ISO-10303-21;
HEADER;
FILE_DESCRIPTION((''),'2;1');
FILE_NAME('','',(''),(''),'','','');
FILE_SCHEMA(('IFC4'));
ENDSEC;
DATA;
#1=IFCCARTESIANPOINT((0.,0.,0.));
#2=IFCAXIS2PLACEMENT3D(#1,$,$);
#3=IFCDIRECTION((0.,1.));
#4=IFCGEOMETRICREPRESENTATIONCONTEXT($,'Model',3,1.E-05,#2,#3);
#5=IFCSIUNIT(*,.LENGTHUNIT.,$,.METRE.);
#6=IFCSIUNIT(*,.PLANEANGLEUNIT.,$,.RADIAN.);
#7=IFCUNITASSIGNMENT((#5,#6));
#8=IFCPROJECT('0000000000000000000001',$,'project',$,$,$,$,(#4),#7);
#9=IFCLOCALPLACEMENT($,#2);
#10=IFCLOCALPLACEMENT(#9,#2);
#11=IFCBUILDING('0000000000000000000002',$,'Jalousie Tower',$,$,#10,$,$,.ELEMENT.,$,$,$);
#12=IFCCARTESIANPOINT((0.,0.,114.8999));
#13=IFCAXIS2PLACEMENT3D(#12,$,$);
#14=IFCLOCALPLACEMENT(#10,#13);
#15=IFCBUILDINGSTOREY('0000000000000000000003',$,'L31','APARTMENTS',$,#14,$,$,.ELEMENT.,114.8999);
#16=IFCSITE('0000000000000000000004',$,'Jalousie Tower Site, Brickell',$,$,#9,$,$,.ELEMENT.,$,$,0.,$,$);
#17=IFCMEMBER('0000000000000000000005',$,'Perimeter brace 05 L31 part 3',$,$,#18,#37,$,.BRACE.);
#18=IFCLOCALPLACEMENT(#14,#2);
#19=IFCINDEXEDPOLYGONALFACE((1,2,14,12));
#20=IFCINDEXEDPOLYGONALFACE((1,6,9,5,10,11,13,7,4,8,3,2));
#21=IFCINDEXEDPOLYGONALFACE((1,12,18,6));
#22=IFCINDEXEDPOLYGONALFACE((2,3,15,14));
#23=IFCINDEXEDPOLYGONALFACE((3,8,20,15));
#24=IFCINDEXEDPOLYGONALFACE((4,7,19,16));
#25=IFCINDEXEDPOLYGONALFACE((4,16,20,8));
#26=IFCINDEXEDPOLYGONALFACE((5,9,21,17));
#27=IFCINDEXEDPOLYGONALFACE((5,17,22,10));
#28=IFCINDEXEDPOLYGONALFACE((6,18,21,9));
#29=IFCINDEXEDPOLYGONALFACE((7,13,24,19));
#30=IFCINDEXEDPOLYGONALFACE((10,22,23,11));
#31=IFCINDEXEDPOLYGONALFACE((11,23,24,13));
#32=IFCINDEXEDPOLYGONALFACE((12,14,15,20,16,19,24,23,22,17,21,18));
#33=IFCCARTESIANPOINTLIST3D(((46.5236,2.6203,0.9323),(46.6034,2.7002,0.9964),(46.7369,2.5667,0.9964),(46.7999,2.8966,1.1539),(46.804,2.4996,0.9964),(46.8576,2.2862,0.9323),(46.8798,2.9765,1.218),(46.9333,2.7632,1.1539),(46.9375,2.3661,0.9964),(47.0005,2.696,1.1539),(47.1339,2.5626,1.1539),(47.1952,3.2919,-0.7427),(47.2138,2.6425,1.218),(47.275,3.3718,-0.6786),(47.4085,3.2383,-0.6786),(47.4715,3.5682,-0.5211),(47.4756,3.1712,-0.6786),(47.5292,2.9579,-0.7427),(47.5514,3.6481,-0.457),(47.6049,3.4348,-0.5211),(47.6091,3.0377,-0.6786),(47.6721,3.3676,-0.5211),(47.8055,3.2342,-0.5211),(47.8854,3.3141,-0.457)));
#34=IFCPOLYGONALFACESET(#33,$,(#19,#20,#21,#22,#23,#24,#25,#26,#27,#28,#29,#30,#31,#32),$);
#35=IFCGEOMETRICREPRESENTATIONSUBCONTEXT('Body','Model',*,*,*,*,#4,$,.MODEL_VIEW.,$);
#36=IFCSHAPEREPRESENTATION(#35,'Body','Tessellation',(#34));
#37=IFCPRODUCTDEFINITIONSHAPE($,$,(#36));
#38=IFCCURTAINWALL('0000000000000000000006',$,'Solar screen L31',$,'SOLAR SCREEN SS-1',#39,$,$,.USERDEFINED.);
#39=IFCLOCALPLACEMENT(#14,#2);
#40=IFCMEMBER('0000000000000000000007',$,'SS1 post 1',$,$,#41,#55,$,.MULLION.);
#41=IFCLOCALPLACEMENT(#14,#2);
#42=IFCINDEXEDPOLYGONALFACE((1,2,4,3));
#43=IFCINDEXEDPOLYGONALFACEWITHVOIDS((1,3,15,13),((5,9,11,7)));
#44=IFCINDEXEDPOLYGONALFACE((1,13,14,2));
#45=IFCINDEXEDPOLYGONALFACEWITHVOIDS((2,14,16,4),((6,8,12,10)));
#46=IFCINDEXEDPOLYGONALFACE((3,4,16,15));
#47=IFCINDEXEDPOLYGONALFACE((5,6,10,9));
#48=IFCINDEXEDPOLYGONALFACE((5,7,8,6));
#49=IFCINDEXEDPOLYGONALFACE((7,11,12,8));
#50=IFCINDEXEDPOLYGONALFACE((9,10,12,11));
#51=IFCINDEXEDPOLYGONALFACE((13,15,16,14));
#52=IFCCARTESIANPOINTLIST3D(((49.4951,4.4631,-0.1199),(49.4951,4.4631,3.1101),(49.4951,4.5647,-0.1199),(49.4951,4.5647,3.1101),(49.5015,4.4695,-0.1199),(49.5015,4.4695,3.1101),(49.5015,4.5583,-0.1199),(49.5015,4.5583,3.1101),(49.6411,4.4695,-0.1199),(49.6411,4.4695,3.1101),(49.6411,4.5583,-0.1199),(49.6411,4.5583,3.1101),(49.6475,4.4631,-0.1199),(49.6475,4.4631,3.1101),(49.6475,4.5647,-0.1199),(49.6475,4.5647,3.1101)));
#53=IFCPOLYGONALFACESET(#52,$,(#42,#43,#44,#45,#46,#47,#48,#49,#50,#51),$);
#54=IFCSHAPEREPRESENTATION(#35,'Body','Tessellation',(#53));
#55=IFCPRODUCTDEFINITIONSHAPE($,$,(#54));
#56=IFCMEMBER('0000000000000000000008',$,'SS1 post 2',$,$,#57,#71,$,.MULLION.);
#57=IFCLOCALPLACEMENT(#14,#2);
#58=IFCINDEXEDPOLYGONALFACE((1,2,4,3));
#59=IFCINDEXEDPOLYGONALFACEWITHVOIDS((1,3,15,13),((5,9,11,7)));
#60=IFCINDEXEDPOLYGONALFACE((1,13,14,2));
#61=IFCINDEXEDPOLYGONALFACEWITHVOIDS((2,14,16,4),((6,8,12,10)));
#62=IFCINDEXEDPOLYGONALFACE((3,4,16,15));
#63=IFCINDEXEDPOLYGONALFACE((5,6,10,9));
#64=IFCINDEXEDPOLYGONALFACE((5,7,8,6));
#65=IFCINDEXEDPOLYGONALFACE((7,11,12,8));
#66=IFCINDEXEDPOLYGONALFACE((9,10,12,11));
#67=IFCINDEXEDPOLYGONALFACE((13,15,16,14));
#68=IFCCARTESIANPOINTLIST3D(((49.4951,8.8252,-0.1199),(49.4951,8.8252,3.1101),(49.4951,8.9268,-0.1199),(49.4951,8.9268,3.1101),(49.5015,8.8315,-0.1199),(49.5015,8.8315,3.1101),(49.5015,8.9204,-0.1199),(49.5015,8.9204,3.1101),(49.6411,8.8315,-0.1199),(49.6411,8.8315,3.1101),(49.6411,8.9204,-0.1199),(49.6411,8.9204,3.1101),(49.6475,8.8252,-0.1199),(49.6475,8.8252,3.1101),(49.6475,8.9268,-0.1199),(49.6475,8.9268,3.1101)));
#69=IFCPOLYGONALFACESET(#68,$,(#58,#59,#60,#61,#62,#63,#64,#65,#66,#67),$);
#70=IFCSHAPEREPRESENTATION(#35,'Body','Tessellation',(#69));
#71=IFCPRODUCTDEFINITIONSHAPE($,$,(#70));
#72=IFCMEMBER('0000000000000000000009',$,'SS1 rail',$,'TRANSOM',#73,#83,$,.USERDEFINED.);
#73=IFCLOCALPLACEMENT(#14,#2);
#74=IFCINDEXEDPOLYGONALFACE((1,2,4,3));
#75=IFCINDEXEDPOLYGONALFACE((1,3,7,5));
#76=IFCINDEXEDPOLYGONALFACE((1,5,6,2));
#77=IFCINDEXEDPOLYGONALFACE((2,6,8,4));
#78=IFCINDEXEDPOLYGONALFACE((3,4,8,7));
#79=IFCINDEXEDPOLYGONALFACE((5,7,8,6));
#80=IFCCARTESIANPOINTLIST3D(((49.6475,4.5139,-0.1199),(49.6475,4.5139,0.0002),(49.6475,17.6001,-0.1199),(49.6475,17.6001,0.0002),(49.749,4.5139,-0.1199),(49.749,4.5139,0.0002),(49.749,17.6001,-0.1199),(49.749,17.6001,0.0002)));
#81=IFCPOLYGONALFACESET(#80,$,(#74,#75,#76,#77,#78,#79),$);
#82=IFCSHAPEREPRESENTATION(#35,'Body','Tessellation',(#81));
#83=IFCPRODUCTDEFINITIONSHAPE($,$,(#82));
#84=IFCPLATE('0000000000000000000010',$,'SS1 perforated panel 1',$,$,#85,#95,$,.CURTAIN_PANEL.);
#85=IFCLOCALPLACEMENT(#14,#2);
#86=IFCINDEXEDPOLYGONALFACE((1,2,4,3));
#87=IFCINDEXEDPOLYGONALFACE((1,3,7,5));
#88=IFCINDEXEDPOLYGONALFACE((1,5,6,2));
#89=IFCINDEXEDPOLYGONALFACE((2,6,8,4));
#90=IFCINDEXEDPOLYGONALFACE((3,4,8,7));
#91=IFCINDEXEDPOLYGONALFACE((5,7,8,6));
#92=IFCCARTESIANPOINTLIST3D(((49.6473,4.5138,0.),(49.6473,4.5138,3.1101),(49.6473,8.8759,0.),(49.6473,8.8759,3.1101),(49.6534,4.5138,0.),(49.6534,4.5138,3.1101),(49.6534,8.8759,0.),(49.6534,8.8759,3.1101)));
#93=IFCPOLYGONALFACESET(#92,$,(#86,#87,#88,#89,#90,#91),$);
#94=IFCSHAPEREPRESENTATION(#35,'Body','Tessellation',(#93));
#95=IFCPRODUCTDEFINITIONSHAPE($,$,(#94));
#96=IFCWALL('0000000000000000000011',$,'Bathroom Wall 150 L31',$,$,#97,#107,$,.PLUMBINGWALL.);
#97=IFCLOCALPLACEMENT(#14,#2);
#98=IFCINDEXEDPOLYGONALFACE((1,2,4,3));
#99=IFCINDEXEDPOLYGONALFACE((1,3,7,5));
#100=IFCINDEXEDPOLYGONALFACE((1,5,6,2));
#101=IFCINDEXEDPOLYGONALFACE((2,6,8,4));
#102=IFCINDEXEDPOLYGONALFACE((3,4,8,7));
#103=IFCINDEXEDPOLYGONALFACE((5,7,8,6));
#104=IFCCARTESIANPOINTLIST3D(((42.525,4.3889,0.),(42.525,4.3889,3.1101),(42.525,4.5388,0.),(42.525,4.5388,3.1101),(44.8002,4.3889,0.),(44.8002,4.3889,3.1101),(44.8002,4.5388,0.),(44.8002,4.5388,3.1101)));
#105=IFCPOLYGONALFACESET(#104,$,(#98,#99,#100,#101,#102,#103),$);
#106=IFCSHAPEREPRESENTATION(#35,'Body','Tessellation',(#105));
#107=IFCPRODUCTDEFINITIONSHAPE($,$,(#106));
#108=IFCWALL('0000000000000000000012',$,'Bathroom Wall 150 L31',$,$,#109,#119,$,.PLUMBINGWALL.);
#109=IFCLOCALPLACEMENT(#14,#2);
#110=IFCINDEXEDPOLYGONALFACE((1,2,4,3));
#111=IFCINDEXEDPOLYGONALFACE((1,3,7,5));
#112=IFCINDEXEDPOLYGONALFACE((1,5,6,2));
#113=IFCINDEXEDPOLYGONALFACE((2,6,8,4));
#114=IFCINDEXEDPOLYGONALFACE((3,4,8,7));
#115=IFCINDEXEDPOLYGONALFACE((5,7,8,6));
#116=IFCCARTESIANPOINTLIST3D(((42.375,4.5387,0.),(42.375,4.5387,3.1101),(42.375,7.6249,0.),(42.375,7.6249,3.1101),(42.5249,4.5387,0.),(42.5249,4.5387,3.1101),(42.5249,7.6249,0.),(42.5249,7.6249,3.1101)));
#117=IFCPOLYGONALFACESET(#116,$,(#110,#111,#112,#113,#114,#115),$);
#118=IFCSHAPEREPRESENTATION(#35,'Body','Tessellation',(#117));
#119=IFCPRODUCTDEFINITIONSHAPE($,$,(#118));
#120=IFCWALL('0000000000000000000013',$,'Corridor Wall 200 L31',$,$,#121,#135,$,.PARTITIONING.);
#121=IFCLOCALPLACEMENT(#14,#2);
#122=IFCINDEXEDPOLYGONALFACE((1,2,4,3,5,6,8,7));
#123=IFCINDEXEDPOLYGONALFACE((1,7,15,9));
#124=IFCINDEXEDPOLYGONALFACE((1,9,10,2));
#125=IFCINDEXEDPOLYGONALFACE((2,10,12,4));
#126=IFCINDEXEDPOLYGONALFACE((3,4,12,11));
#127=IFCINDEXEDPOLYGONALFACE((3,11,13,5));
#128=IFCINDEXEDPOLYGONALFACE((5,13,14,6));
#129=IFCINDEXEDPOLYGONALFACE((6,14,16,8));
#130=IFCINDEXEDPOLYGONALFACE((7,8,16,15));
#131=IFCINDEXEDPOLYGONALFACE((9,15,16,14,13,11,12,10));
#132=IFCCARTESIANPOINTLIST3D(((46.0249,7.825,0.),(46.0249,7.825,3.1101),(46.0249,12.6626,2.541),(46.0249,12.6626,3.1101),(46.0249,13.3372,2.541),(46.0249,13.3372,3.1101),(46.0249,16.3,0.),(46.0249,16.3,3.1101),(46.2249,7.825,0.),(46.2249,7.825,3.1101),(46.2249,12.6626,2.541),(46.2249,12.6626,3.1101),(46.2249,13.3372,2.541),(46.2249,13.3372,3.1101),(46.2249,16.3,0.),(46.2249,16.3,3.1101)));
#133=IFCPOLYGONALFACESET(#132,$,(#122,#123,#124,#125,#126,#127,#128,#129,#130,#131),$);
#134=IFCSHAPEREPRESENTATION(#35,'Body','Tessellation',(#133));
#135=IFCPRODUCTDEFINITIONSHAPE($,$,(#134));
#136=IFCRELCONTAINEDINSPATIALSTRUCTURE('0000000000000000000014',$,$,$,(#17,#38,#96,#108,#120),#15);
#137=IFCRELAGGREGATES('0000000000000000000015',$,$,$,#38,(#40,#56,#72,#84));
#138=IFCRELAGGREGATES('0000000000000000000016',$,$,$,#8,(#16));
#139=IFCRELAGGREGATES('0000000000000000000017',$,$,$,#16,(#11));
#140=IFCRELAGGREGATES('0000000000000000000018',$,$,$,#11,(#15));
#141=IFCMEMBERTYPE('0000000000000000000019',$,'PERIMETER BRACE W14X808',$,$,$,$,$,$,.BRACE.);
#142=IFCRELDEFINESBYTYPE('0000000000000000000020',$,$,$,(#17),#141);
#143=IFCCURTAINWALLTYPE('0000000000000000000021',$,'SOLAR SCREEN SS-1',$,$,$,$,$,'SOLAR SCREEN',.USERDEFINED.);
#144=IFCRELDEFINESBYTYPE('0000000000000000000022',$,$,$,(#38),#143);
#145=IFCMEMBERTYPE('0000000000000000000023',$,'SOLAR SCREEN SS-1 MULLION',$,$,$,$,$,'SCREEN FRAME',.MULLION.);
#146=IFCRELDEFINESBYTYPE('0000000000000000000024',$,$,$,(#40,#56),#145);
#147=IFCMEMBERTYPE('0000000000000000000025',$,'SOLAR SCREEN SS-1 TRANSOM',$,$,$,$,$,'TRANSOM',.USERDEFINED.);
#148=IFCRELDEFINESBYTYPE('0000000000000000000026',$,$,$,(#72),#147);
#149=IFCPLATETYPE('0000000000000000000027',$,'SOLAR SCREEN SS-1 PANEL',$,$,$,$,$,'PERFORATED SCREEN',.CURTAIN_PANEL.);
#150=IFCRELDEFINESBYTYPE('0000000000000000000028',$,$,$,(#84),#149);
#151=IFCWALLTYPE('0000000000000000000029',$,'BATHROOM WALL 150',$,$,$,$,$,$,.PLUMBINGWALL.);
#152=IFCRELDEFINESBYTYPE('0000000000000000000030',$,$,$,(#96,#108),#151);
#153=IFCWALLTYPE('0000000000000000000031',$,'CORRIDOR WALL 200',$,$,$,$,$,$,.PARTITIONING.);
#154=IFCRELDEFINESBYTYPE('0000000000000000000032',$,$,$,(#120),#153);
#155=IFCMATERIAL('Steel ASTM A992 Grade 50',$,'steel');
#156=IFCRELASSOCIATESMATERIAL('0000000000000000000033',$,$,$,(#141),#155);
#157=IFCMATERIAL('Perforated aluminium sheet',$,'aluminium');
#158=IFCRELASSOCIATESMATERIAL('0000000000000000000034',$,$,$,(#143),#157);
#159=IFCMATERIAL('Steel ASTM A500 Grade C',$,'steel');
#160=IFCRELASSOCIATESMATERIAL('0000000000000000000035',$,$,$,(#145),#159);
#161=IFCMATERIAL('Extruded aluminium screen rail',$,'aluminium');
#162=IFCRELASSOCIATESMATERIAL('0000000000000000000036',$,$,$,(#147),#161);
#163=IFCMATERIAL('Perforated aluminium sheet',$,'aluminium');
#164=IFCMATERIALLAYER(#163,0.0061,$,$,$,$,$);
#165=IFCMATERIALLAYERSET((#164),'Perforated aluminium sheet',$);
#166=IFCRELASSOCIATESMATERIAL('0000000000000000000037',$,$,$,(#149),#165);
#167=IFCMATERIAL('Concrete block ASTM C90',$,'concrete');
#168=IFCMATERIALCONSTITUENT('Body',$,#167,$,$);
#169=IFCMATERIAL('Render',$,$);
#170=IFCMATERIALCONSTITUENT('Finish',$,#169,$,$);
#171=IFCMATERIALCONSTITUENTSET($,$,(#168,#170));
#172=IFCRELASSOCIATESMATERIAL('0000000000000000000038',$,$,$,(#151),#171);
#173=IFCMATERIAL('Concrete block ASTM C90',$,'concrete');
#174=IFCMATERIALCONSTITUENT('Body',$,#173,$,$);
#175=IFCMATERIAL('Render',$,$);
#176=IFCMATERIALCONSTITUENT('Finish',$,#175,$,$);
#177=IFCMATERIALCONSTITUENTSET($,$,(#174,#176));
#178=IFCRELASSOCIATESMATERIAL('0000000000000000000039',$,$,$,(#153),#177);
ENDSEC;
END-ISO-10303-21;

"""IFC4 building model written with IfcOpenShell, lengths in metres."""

from ifc_helpers import new_model, si_unit, direction, frame, frame_2d, origin, origin_2d, place, context, subcontext, project, spatial, polyline, rectangle, hollow_rectangle, i_section, outline, extrude, material, layer, layer_set, constituent, constituent_set, material_profile, profile_set, type_object, element, aggregate, save


model = new_model("IFC4")

# Units and contexts
model_context = context("Model", 3, precision=1e-05, world=origin(), true_north=direction((0.0, 1.0)))
body_context = subcontext(model_context, "Body", "Model", "MODEL_VIEW")
ifc_project = project(units=[si_unit("LENGTHUNIT", "METRE"), si_unit("PLANEANGLEUNIT", "RADIAN")], contexts=[model_context])

# Site, building, storey
site_placement = place(None, origin())
site = spatial("IfcSite", under=ifc_project, at=site_placement, Name="Jalousie Tower Site, Brickell", CompositionType="ELEMENT", RefElevation=0.0)
building_placement = place(site_placement, origin())
building = spatial("IfcBuilding", under=site, at=building_placement, Name="Jalousie Tower", CompositionType="ELEMENT")
storey_placement = place(building_placement, frame((0.0, 0.0, 114.8999)))
storey = spatial("IfcBuildingStorey", under=building, at=storey_placement, Name="L31", Description="APARTMENTS", CompositionType="ELEMENT", Elevation=114.8999)

# Member
ifc_material_1 = material(Name="Steel ASTM A992 Grade 50", Category="steel")
ifc_material_profile_1 = material_profile(ifc_material_1, i_section(OverallWidth=0.4724, OverallDepth=0.5791, WebThickness=0.095, FlangeThickness=0.1299, at=origin_2d()), Name="W14X808")
ifc_profile_set_1 = profile_set([ifc_material_profile_1], Name="Steel ASTM A992 Grade 50")
member_type_1 = type_object("IfcMemberType", Name="PERIMETER BRACE W14X808", PredefinedType="BRACE", material=ifc_profile_set_1)
member_1_placement = place(storey_placement, frame((47.5403, 3.303, -0.5999), z_axis=(-0.348789, -0.348789, 0.869881), x_axis=(0.707107, -0.707107, 0.0)))
element("IfcMember", 1, at=member_1_placement, inside=storey, type_object=member_type_1, Name="Perimeter brace 05 L31 part 3", PredefinedType="BRACE", context=body_context, shape_type="SweptSolid", body=[
    extrude(i_section(OverallWidth=0.4724, OverallDepth=0.5791, WebThickness=0.095, FlangeThickness=0.1299, at=origin_2d()), origin(), (0.0, 0.0, 1.0), 1.9255),
])

# Curtain wall, members, plate
ifc_material_2 = material(Name="Perforated aluminium sheet", Category="aluminium")
curtain_wall_type = type_object("IfcCurtainWallType", Name="SOLAR SCREEN SS-1", ElementType="SOLAR SCREEN", PredefinedType="USERDEFINED", material=ifc_material_2)
curtain_wall_placement = place(storey_placement, origin())
curtain_wall = element("IfcCurtainWall", 2, at=curtain_wall_placement, inside=storey, type_object=curtain_wall_type, Name="Solar screen L31", ObjectType="SOLAR SCREEN SS-1", PredefinedType="USERDEFINED")
ifc_material_3 = material(Name="Steel ASTM A500 Grade C", Category="steel")
ifc_material_profile_2 = material_profile(ifc_material_3, hollow_rectangle(XDim=0.1016, YDim=0.1523, WallThickness=0.0063, at=origin_2d()), Name="HSS6X4X1/4")
ifc_profile_set_2 = profile_set([ifc_material_profile_2], Name="Steel ASTM A500 Grade C")
member_type_2 = type_object("IfcMemberType", Name="SOLAR SCREEN SS-1 MULLION", ElementType="SCREEN FRAME", PredefinedType="MULLION", material=ifc_profile_set_2)
member_2_placement = place(storey_placement, frame((49.5713, 4.5139, -0.1199), z_axis=(0.0, 0.0, 1.0), x_axis=(0.0, 1.0, 0.0)))
member_2 = element("IfcMember", 3, at=member_2_placement, type_object=member_type_2, Name="SS1 post 1", PredefinedType="MULLION", context=body_context, shape_type="SweptSolid", body=[
    extrude(hollow_rectangle(XDim=0.1016, YDim=0.1523, WallThickness=0.0063, at=origin_2d()), origin(), (0.0, 0.0, 1.0), 3.23),
])
member_3_placement = place(storey_placement, frame((49.5713, 8.876, -0.1199), z_axis=(0.0, 0.0, 1.0), x_axis=(0.0, 1.0, 0.0)))
member_3 = element("IfcMember", 4, at=member_3_placement, type_object=member_type_2, Name="SS1 post 2", PredefinedType="MULLION", context=body_context, shape_type="SweptSolid", body=[
    extrude(hollow_rectangle(XDim=0.1016, YDim=0.1523, WallThickness=0.0063, at=origin_2d()), origin(), (0.0, 0.0, 1.0), 3.23),
])
ifc_material_4 = material(Name="Extruded aluminium screen rail", Category="aluminium")
ifc_material_profile_3 = material_profile(ifc_material_4, rectangle(XDim=0.1016, YDim=0.1201, at=origin_2d()), Name="RAIL 102x120")
ifc_profile_set_3 = profile_set([ifc_material_profile_3], Name="Extruded aluminium screen rail")
member_type_3 = type_object("IfcMemberType", Name="SOLAR SCREEN SS-1 TRANSOM", ElementType="TRANSOM", PredefinedType="USERDEFINED", material=ifc_profile_set_3)
member_4_placement = place(storey_placement, frame((49.6982, 4.5139, -0.0598), z_axis=(0.0, 1.0, 0.0), x_axis=(-1.0, 0.0, 0.0)))
member_4 = element("IfcMember", 5, at=member_4_placement, type_object=member_type_3, Name="SS1 rail", ObjectType="TRANSOM", PredefinedType="USERDEFINED", context=body_context, shape_type="SweptSolid", body=[
    extrude(rectangle(XDim=0.1016, YDim=0.1201, at=origin_2d()), origin(), (0.0, 0.0, 1.0), 13.0862),
])
ifc_material_5 = material(Name="Perforated aluminium sheet", Category="aluminium")
ifc_layer_1 = layer(ifc_material_5, 0.0061)
ifc_layer_set_1 = layer_set([ifc_layer_1], Name="Perforated aluminium sheet")
plate_type = type_object("IfcPlateType", Name="SOLAR SCREEN SS-1 PANEL", ElementType="PERFORATED SCREEN", PredefinedType="CURTAIN_PANEL", material=ifc_layer_set_1)
plate_placement = place(storey_placement, frame((49.6504, 6.6948, 0.0), z_axis=(0.0, 0.0, 1.0), x_axis=(0.0, 1.0, 0.0)))
plate = element("IfcPlate", 6, at=plate_placement, type_object=plate_type, Name="SS1 perforated panel 1", PredefinedType="CURTAIN_PANEL", context=body_context, shape_type="SweptSolid", body=[
    extrude(rectangle(XDim=4.3621, YDim=0.0061, at=origin_2d()), origin(), (0.0, 0.0, 1.0), 3.1101),
])
aggregate(curtain_wall, [member_2, member_3, member_4, plate])

# Walls
ifc_material_6 = material(Name="Concrete block ASTM C90", Category="concrete")
ifc_constituent_1 = constituent(ifc_material_6, Name="Body")
ifc_material_7 = material(Name="Render")
ifc_constituent_2 = constituent(ifc_material_7, Name="Finish")
ifc_constituent_set_1 = constituent_set(constituents=[ifc_constituent_1, ifc_constituent_2])
wall_type_1 = type_object("IfcWallType", Name="BATHROOM WALL 150", PredefinedType="PLUMBINGWALL", material=ifc_constituent_set_1)
wall_1_placement = place(storey_placement, frame((42.5249, 4.4639, 0.0), z_axis=(0.0, 0.0, 1.0), x_axis=(1.0, 0.0, 0.0)))
element("IfcWall", 7, at=wall_1_placement, inside=storey, type_object=wall_type_1, Name="Bathroom Wall 150 L31", PredefinedType="PLUMBINGWALL", context=body_context, shape_type="SweptSolid", body=[
    extrude(rectangle(XDim=2.2751, YDim=0.1499, at=frame_2d((1.1377, 0.0))), origin(), (0.0, 0.0, 1.0), 3.1101),
])
wall_2_placement = place(storey_placement, frame((42.45, 4.5388, 0.0), z_axis=(0.0, 0.0, 1.0), x_axis=(0.0, 1.0, 0.0)))
element("IfcWall", 8, at=wall_2_placement, inside=storey, type_object=wall_type_1, Name="Bathroom Wall 150 L31", PredefinedType="PLUMBINGWALL", context=body_context, shape_type="SweptSolid", body=[
    extrude(rectangle(XDim=3.0862, YDim=0.1499, at=frame_2d((1.543, 0.0))), origin(), (0.0, 0.0, 1.0), 3.1101),
])
ifc_material_8 = material(Name="Concrete block ASTM C90", Category="concrete")
ifc_constituent_3 = constituent(ifc_material_8, Name="Body")
ifc_material_9 = material(Name="Render")
ifc_constituent_4 = constituent(ifc_material_9, Name="Finish")
ifc_constituent_set_2 = constituent_set(constituents=[ifc_constituent_3, ifc_constituent_4])
wall_type_2 = type_object("IfcWallType", Name="CORRIDOR WALL 200", PredefinedType="PARTITIONING", material=ifc_constituent_set_2)
wall_3_placement = place(storey_placement, frame((46.125, 7.825, 0.0), z_axis=(0.0, 0.0, 1.0), x_axis=(0.0, 1.0, 0.0)))
element("IfcWall", 9, at=wall_3_placement, inside=storey, type_object=wall_type_2, Name="Corridor Wall 200 L31", PredefinedType="PARTITIONING", context=body_context, shape_type="SweptSolid", body=[
    extrude(outline(polyline([(0.0, 0.0), (8.4751, 0.0), (8.4751, 3.1101), (5.5122, 3.1101), (5.5122, 2.541), (4.8376, 2.541), (4.8376, 3.1101), (0.0, 3.1101), (0.0, 0.0)])), frame((0.0, 0.1001, 0.0), z_axis=(0.0, -1.0, 0.0), x_axis=(1.0, 0.0, 0.0)), (0.0, 0.0, 1.0), 0.2),
])

save(model, "model.ifc")
